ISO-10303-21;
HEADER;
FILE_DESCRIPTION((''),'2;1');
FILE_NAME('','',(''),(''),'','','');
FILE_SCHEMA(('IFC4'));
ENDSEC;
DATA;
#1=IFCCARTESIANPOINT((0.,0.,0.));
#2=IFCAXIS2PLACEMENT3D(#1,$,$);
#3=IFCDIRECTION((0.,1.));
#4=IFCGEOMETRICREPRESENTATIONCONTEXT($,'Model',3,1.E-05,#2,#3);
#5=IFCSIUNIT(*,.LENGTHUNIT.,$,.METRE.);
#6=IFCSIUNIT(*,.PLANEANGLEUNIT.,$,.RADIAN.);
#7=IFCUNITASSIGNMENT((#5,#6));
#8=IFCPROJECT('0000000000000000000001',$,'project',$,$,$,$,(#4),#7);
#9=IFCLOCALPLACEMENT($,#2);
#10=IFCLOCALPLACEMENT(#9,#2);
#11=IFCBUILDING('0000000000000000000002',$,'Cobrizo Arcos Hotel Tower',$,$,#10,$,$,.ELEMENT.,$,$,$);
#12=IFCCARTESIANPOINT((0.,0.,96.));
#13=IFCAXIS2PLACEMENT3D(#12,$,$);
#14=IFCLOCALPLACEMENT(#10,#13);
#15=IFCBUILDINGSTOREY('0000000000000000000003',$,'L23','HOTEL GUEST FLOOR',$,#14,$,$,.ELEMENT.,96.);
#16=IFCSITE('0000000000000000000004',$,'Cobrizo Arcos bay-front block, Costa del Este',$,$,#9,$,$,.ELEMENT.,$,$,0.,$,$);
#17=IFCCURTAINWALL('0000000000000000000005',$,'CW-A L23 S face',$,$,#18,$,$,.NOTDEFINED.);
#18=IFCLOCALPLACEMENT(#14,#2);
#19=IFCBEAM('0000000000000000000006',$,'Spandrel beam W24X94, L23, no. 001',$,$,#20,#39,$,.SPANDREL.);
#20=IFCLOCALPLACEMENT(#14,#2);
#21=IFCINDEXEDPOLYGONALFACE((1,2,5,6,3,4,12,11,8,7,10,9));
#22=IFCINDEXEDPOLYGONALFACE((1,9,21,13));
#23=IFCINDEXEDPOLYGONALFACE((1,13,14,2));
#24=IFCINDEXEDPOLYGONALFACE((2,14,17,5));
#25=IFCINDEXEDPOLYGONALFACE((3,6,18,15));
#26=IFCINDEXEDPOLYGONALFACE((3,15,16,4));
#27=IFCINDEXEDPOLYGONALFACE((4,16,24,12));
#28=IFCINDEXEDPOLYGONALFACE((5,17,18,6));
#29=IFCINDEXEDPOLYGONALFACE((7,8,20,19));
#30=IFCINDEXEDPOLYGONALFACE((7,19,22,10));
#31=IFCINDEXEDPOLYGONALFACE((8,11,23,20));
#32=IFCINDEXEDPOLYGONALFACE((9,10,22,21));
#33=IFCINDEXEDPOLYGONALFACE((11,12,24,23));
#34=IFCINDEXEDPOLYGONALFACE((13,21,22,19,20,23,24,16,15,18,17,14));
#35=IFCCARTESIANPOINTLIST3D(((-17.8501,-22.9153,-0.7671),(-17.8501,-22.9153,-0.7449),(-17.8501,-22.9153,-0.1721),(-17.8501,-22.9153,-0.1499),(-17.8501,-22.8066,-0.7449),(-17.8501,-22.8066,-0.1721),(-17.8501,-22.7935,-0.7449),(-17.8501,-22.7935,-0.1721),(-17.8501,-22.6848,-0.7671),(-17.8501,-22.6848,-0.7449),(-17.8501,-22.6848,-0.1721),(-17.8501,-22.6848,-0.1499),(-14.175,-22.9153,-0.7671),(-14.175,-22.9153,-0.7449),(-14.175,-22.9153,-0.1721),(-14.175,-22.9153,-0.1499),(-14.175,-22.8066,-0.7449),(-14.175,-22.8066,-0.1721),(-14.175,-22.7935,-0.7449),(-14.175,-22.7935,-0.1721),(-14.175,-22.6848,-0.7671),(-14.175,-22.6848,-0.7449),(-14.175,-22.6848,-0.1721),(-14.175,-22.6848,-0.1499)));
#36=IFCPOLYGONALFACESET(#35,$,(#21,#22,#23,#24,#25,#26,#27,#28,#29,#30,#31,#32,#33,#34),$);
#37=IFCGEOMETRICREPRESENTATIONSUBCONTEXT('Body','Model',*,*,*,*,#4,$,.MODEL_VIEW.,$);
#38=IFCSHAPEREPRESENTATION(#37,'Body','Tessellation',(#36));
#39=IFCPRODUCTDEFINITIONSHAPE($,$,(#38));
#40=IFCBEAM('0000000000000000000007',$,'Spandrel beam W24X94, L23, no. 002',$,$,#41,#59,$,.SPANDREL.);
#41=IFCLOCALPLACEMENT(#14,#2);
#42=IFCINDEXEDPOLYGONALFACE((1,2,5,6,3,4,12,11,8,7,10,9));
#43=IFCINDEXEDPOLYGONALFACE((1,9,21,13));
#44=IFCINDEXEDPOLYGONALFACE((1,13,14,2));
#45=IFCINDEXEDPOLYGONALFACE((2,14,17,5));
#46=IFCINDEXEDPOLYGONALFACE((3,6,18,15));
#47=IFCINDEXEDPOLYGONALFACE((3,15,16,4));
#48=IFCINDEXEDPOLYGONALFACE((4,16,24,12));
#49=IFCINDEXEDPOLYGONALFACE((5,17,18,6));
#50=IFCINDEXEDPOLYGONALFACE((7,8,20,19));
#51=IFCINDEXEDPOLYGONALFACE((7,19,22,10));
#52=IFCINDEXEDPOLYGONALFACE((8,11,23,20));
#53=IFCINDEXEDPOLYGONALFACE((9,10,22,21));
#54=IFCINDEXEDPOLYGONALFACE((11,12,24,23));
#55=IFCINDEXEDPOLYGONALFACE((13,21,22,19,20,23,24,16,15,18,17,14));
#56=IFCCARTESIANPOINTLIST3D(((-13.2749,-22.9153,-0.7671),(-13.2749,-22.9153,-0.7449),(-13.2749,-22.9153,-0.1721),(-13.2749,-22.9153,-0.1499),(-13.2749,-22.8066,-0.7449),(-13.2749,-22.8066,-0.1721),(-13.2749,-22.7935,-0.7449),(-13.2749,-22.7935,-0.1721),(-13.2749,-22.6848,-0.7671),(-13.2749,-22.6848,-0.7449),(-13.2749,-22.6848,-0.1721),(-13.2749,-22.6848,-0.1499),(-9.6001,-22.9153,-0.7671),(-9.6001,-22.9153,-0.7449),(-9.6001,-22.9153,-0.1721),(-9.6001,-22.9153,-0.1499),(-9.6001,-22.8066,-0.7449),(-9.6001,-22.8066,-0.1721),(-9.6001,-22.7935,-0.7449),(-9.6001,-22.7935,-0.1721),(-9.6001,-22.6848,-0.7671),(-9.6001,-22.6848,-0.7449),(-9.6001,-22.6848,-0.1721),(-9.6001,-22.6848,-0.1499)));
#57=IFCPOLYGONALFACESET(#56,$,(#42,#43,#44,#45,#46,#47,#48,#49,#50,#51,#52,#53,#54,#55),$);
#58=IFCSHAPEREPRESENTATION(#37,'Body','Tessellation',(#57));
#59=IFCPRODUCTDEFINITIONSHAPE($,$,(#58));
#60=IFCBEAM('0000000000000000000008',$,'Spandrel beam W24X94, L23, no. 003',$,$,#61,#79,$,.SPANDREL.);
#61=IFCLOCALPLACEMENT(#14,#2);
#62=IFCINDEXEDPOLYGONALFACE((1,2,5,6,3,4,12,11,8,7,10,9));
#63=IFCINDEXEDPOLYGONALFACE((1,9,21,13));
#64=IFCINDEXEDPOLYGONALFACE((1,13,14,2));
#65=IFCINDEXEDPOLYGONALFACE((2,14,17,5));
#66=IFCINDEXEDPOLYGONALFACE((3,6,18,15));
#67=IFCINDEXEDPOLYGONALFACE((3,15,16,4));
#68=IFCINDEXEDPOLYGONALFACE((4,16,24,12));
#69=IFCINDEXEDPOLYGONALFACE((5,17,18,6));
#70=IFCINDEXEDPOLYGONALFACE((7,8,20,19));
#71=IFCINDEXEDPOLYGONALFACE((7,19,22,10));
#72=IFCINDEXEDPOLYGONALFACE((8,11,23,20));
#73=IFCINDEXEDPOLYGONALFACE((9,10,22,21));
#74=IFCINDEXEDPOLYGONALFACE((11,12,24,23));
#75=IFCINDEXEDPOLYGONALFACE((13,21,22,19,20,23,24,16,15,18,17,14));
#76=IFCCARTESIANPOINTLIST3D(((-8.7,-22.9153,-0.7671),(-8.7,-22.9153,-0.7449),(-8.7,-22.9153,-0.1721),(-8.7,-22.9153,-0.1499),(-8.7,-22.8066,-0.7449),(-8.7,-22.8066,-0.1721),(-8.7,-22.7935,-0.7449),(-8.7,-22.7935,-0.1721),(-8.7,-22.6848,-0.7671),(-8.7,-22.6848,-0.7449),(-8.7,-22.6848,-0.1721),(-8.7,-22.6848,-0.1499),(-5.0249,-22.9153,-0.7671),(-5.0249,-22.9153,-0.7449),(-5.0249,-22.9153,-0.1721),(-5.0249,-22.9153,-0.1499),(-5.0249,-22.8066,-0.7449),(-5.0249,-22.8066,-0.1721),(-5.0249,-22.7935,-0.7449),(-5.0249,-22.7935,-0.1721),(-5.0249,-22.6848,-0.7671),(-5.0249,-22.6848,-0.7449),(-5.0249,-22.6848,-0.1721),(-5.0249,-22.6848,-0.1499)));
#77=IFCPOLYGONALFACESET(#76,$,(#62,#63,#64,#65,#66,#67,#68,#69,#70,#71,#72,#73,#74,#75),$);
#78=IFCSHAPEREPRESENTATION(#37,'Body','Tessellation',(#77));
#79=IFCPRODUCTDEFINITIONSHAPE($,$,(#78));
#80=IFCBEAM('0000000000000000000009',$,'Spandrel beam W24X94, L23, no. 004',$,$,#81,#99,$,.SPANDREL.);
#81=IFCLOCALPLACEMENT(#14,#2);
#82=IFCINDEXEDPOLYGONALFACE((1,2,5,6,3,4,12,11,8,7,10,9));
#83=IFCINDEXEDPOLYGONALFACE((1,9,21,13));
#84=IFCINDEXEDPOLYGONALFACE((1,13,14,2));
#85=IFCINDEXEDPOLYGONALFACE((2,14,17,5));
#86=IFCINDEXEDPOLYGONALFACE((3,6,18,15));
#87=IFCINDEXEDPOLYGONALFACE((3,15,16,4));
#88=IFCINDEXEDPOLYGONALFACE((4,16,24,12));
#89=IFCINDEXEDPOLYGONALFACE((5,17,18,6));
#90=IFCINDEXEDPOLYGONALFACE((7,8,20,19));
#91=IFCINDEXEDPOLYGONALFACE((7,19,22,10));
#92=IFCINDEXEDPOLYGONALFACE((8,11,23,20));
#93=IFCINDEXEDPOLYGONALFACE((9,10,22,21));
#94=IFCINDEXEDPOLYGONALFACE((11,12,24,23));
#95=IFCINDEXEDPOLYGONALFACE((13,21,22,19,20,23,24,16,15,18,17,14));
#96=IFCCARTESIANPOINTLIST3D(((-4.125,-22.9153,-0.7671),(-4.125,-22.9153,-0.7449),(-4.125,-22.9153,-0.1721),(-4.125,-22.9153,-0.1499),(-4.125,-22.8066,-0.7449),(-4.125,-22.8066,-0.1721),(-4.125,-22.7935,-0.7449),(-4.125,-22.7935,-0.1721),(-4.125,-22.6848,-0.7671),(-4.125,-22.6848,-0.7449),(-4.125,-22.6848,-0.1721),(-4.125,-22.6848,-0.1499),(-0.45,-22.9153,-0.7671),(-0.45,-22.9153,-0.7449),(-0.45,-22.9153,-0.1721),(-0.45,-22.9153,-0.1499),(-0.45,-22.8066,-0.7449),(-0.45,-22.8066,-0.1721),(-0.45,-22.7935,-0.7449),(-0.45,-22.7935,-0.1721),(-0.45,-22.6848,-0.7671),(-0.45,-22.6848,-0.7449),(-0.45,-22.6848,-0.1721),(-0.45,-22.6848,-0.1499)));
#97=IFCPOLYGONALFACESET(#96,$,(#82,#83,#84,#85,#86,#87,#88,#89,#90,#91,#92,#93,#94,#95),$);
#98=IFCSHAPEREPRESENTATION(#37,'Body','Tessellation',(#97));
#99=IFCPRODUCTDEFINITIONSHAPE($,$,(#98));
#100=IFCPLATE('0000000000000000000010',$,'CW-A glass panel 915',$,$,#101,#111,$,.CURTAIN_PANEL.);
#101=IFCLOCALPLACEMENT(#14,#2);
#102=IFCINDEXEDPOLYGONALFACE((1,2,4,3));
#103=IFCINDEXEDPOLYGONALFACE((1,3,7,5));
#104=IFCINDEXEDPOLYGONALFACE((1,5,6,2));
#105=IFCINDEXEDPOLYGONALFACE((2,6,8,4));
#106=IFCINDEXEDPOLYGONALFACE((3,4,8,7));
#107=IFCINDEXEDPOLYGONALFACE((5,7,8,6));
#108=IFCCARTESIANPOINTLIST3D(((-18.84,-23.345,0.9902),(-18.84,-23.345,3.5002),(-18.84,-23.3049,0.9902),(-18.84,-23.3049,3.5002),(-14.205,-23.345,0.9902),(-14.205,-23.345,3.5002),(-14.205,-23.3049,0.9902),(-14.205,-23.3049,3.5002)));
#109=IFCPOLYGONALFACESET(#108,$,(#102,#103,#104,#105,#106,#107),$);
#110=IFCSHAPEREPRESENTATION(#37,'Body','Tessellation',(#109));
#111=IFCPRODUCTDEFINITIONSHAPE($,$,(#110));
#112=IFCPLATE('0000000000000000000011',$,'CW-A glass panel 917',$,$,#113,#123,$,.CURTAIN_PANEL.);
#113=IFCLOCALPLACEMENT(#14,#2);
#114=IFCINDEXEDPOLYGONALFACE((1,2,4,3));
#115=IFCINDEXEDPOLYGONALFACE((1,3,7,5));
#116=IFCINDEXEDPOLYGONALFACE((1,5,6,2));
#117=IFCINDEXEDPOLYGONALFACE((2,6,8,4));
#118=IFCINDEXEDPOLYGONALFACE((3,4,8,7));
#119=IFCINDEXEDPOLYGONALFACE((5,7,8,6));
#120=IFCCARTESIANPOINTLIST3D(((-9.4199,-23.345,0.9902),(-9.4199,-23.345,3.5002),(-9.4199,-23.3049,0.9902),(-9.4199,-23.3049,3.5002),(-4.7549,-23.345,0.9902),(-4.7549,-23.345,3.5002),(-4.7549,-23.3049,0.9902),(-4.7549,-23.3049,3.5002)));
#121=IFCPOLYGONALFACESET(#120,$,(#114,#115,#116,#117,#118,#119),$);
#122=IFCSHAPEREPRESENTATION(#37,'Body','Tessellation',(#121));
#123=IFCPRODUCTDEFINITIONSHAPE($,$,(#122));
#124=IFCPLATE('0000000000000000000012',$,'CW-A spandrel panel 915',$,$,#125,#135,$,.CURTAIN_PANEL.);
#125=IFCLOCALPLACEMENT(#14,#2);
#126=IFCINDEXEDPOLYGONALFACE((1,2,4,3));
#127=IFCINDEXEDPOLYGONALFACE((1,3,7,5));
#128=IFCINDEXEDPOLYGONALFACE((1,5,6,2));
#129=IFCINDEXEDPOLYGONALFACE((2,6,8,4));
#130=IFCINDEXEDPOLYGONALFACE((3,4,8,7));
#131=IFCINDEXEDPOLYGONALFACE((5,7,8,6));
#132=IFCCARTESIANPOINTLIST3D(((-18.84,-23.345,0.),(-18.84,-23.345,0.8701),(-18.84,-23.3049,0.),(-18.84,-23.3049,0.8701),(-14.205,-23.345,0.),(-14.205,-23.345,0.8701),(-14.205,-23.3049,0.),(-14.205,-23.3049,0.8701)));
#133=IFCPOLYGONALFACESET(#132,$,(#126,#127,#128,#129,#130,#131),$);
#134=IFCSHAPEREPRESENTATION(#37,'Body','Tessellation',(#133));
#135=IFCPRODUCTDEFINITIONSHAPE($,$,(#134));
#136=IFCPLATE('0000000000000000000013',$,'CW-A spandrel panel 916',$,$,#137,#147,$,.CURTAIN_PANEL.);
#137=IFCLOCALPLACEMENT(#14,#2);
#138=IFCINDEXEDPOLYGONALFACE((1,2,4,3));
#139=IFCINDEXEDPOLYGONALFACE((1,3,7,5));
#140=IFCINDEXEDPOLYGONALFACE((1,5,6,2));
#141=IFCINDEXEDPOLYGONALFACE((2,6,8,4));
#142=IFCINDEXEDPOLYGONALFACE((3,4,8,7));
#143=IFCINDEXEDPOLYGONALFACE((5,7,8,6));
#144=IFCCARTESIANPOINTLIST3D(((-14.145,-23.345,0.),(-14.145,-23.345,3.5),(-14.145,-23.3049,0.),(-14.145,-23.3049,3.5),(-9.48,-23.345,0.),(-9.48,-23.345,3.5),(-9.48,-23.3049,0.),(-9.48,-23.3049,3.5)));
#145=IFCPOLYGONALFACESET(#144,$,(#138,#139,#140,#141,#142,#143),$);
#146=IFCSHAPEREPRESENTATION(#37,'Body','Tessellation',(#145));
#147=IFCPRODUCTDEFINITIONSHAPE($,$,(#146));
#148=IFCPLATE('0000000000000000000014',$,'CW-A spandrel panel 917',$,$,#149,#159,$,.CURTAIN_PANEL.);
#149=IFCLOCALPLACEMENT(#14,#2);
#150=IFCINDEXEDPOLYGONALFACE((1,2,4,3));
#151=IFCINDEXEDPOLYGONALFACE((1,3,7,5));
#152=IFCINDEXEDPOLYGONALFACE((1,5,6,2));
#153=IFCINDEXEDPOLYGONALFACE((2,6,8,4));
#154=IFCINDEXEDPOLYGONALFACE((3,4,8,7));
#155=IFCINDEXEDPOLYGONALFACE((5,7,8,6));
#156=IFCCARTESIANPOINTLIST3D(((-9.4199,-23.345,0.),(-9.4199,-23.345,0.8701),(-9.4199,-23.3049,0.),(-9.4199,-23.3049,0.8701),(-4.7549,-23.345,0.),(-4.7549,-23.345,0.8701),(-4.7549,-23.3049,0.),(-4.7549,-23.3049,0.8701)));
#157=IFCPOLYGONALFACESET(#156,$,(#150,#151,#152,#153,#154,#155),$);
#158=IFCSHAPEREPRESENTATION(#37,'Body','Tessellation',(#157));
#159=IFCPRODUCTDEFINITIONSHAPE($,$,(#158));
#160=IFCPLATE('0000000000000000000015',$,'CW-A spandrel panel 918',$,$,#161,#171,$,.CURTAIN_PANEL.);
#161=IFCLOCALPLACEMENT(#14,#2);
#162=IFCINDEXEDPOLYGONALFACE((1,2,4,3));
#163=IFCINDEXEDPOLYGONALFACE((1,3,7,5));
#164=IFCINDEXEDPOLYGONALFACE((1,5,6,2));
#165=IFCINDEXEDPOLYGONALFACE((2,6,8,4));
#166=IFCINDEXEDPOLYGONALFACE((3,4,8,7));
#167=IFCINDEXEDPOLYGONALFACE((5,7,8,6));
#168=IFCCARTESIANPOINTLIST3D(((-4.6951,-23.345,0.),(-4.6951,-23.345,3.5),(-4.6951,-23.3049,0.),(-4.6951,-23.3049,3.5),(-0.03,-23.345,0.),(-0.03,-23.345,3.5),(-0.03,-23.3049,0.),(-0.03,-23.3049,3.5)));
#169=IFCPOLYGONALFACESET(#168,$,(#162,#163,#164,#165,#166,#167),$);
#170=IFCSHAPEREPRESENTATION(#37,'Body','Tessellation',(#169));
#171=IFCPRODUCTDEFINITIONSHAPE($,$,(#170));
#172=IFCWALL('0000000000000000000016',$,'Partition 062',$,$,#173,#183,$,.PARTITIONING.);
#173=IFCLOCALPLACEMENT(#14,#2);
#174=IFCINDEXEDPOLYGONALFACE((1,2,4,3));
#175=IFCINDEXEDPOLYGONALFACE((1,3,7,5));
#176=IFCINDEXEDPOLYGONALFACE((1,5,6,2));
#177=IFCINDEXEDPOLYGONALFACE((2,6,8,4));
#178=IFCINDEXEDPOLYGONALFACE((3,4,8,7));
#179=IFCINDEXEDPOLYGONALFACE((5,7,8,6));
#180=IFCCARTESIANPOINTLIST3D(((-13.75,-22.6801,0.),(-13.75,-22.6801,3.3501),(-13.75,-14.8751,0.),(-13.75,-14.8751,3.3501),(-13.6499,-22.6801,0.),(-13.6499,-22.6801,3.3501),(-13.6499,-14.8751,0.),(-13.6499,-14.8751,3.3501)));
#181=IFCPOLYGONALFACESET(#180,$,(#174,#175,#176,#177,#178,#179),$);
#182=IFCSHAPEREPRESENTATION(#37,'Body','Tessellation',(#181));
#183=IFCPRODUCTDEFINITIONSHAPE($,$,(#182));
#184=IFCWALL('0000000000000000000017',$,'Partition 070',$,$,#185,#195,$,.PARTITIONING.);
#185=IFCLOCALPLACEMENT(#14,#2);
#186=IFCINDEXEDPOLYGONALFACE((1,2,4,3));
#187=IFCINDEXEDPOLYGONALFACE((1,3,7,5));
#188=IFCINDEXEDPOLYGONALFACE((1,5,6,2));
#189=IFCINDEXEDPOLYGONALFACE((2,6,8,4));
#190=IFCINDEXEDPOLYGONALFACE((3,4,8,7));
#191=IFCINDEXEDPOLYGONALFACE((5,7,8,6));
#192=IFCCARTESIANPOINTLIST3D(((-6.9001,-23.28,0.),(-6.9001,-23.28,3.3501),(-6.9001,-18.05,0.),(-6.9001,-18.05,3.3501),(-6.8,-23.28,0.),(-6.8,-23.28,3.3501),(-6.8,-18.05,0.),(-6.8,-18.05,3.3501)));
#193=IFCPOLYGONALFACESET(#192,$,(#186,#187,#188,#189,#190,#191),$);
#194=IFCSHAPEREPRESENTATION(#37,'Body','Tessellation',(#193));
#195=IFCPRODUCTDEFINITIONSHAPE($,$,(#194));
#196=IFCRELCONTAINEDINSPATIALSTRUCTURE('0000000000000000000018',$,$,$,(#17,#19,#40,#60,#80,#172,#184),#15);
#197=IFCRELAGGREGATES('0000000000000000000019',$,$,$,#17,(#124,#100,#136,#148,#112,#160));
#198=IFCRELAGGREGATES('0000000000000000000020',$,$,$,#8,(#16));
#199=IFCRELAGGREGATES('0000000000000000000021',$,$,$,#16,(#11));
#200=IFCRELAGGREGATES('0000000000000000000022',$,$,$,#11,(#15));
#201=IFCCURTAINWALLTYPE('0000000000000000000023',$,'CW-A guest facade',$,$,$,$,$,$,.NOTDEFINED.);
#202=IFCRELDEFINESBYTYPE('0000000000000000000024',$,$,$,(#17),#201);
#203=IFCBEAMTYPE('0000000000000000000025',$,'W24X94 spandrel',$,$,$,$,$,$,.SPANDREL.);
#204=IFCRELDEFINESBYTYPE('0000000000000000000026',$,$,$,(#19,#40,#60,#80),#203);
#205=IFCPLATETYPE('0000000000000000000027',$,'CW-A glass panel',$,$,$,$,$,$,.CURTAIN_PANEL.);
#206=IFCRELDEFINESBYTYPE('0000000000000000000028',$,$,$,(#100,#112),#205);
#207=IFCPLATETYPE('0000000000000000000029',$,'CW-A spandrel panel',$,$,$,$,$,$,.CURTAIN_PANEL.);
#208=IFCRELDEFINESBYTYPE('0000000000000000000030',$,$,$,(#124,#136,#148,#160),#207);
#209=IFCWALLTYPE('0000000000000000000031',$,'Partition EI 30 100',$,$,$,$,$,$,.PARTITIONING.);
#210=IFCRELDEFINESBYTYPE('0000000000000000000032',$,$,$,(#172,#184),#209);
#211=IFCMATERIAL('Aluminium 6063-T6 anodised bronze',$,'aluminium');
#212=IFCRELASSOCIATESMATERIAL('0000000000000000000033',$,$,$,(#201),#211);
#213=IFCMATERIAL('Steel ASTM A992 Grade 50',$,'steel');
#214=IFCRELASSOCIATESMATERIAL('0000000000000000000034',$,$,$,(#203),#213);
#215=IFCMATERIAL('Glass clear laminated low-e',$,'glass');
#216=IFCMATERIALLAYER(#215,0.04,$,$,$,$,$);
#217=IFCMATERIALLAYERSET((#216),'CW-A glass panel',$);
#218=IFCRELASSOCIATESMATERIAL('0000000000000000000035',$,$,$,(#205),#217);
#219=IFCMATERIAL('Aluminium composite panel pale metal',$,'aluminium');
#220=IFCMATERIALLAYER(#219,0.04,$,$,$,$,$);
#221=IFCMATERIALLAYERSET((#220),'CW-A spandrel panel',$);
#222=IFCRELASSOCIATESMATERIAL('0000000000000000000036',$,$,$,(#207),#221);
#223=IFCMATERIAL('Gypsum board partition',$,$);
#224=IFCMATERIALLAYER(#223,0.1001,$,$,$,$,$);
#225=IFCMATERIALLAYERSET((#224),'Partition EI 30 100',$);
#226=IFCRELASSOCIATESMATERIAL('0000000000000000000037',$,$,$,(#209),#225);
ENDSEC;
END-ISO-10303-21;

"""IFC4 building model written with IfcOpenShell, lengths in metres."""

from ifc_helpers import new_model, si_unit, direction, frame, frame_2d, origin, origin_2d, place, context, subcontext, project, spatial, rectangle, i_section, extrude, material, layer, layer_set, material_profile, profile_set, type_object, element, aggregate, save


model = new_model("IFC4")

# Units and contexts
model_context = context("Model", 3, precision=1e-05, world=origin(), true_north=direction((0.0, 1.0)))
body_context = subcontext(model_context, "Body", "Model", "MODEL_VIEW")
ifc_project = project(units=[si_unit("LENGTHUNIT", "METRE"), si_unit("PLANEANGLEUNIT", "RADIAN")], contexts=[model_context])

# Site, building, storey
site_placement = place(None, origin())
site = spatial("IfcSite", under=ifc_project, at=site_placement, Name="Cobrizo Arcos bay-front block, Costa del Este", CompositionType="ELEMENT", RefElevation=0.0)
building_placement = place(site_placement, origin())
building = spatial("IfcBuilding", under=site, at=building_placement, Name="Cobrizo Arcos Hotel Tower", CompositionType="ELEMENT")
storey_placement = place(building_placement, frame((0.0, 0.0, 96.0)))
storey = spatial("IfcBuildingStorey", under=building, at=storey_placement, Name="L23", Description="HOTEL GUEST FLOOR", CompositionType="ELEMENT", Elevation=96.0)

# Curtain wall
ifc_material_1 = material(Name="Aluminium 6063-T6 anodised bronze", Category="aluminium")
curtain_wall_type = type_object("IfcCurtainWallType", Name="CW-A guest facade", PredefinedType="NOTDEFINED", material=ifc_material_1)
curtain_wall_placement = place(storey_placement, origin())
curtain_wall = element("IfcCurtainWall", 1, at=curtain_wall_placement, inside=storey, type_object=curtain_wall_type, Name="CW-A L23 S face", PredefinedType="NOTDEFINED")

# Beams
ifc_material_2 = material(Name="Steel ASTM A992 Grade 50", Category="steel")
ifc_material_profile_1 = material_profile(ifc_material_2, i_section(OverallWidth=0.2305, OverallDepth=0.6172, WebThickness=0.0132, FlangeThickness=0.0222, at=origin_2d()), Name="W24X94")
ifc_profile_set_1 = profile_set([ifc_material_profile_1], Name="Steel ASTM A992 Grade 50")
beam_type_1 = type_object("IfcBeamType", Name="W24X94 spandrel", PredefinedType="SPANDREL", material=ifc_profile_set_1)
beam_1_placement = place(storey_placement, frame((-17.8501, -22.8, -0.4585), z_axis=(1.0, 0.0, 0.0), x_axis=(0.0, 1.0, 0.0)))
element("IfcBeam", 2, at=beam_1_placement, inside=storey, type_object=beam_type_1, Name="Spandrel beam W24X94, L23, no. 001", PredefinedType="SPANDREL", context=body_context, shape_type="SweptSolid", body=[
    extrude(i_section(OverallWidth=0.2305, OverallDepth=0.6172, WebThickness=0.0132, FlangeThickness=0.0222, at=origin_2d()), origin(), (0.0, 0.0, 1.0), 3.675),
])
beam_2_placement = place(storey_placement, frame((-13.2749, -22.8, -0.4585), z_axis=(1.0, 0.0, 0.0), x_axis=(0.0, 1.0, 0.0)))
element("IfcBeam", 3, at=beam_2_placement, inside=storey, type_object=beam_type_1, Name="Spandrel beam W24X94, L23, no. 002", PredefinedType="SPANDREL", context=body_context, shape_type="SweptSolid", body=[
    extrude(i_section(OverallWidth=0.2305, OverallDepth=0.6172, WebThickness=0.0132, FlangeThickness=0.0222, at=origin_2d()), origin(), (0.0, 0.0, 1.0), 3.6748),
])
for number, where, z_axis, x_axis, name in (
    (4, (-8.7, -22.8, -0.4585), (1.0, 0.0, 0.0), (0.0, 1.0, 0.0), "Spandrel beam W24X94, L23, no. 003"),
    (5, (-4.125, -22.8, -0.4585), (1.0, 0.0, 0.0), (0.0, 1.0, 0.0), "Spandrel beam W24X94, L23, no. 004"),
):
    element("IfcBeam", number, at=place(storey_placement, frame(where, z_axis=z_axis, x_axis=x_axis)), inside=storey, type_object=beam_type_1, Name=name, PredefinedType="SPANDREL", context=body_context, shape_type="SweptSolid", body=[
        extrude(i_section(OverallWidth=0.2305, OverallDepth=0.6172, WebThickness=0.0132, FlangeThickness=0.0222, at=origin_2d()), origin(), (0.0, 0.0, 1.0), 3.675),
    ])

# Plates
ifc_material_3 = material(Name="Glass clear laminated low-e", Category="glass")
ifc_layer_1 = layer(ifc_material_3, 0.04)
ifc_layer_set_1 = layer_set([ifc_layer_1], Name="CW-A glass panel")
plate_type_1 = type_object("IfcPlateType", Name="CW-A glass panel", PredefinedType="CURTAIN_PANEL", material=ifc_layer_set_1)
plate_1_placement = place(storey_placement, frame((-16.5225, -23.325, 0.9902), z_axis=(0.0, 0.0, 1.0), x_axis=(1.0, 0.0, 0.0)))
plate_1 = element("IfcPlate", 6, at=plate_1_placement, type_object=plate_type_1, Name="CW-A glass panel 915", PredefinedType="CURTAIN_PANEL", context=body_context, shape_type="SweptSolid", body=[
    extrude(rectangle(XDim=4.635, YDim=0.04, at=origin_2d()), origin(), (0.0, 0.0, 1.0), 2.51),
])
plate_2_placement = place(storey_placement, frame((-7.0874, -23.325, 0.9902), z_axis=(0.0, 0.0, 1.0), x_axis=(1.0, 0.0, 0.0)))
plate_2 = element("IfcPlate", 7, at=plate_2_placement, type_object=plate_type_1, Name="CW-A glass panel 917", PredefinedType="CURTAIN_PANEL", context=body_context, shape_type="SweptSolid", body=[
    extrude(rectangle(XDim=4.665, YDim=0.04, at=origin_2d()), origin(), (0.0, 0.0, 1.0), 2.51),
])
ifc_material_4 = material(Name="Aluminium composite panel pale metal", Category="aluminium")
ifc_layer_2 = layer(ifc_material_4, 0.04)
ifc_layer_set_2 = layer_set([ifc_layer_2], Name="CW-A spandrel panel")
plate_type_2 = type_object("IfcPlateType", Name="CW-A spandrel panel", PredefinedType="CURTAIN_PANEL", material=ifc_layer_set_2)
plate_3_placement = place(storey_placement, frame((-16.5225, -23.325, 0.0), z_axis=(0.0, 0.0, 1.0), x_axis=(1.0, 0.0, 0.0)))
plate_3 = element("IfcPlate", 8, at=plate_3_placement, type_object=plate_type_2, Name="CW-A spandrel panel 915", PredefinedType="CURTAIN_PANEL", context=body_context, shape_type="SweptSolid", body=[
    extrude(rectangle(XDim=4.635, YDim=0.04, at=origin_2d()), origin(), (0.0, 0.0, 1.0), 0.8701),
])
plate_4_placement = place(storey_placement, frame((-11.8125, -23.325, 0.0), z_axis=(0.0, 0.0, 1.0), x_axis=(1.0, 0.0, 0.0)))
plate_4 = element("IfcPlate", 9, at=plate_4_placement, type_object=plate_type_2, Name="CW-A spandrel panel 916", PredefinedType="CURTAIN_PANEL", context=body_context, shape_type="SweptSolid", body=[
    extrude(rectangle(XDim=4.665, YDim=0.04, at=origin_2d()), origin(), (0.0, 0.0, 1.0), 3.5),
])
plate_5_placement = place(storey_placement, frame((-7.0874, -23.325, 0.0), z_axis=(0.0, 0.0, 1.0), x_axis=(1.0, 0.0, 0.0)))
plate_5 = element("IfcPlate", 10, at=plate_5_placement, type_object=plate_type_2, Name="CW-A spandrel panel 917", PredefinedType="CURTAIN_PANEL", context=body_context, shape_type="SweptSolid", body=[
    extrude(rectangle(XDim=4.665, YDim=0.04, at=origin_2d()), origin(), (0.0, 0.0, 1.0), 0.8701),
])
plate_6_placement = place(storey_placement, frame((-2.3625, -23.325, 0.0), z_axis=(0.0, 0.0, 1.0), x_axis=(1.0, 0.0, 0.0)))
plate_6 = element("IfcPlate", 11, at=plate_6_placement, type_object=plate_type_2, Name="CW-A spandrel panel 918", PredefinedType="CURTAIN_PANEL", context=body_context, shape_type="SweptSolid", body=[
    extrude(rectangle(XDim=4.665, YDim=0.04, at=origin_2d()), origin(), (0.0, 0.0, 1.0), 3.5),
])
aggregate(curtain_wall, [plate_3, plate_1, plate_4, plate_5, plate_2, plate_6])

# Walls
ifc_material_5 = material(Name="Gypsum board partition")
ifc_layer_3 = layer(ifc_material_5, 0.1001)
ifc_layer_set_3 = layer_set([ifc_layer_3], Name="Partition EI 30 100")
wall_type = type_object("IfcWallType", Name="Partition EI 30 100", PredefinedType="PARTITIONING", material=ifc_layer_set_3)
wall_1_placement = place(storey_placement, frame((-13.7, -22.6799, 0.0), z_axis=(0.0, 0.0, 1.0), x_axis=(0.0, 1.0, 0.0)))
element("IfcWall", 12, at=wall_1_placement, inside=storey, type_object=wall_type, Name="Partition 062", PredefinedType="PARTITIONING", context=body_context, shape_type="SweptSolid", body=[
    extrude(rectangle(XDim=7.8049, YDim=0.1001, at=frame_2d((3.9023, 0.0))), origin(), (0.0, 0.0, 1.0), 3.3501),
])
wall_2_placement = place(storey_placement, frame((-6.8501, -23.28, 0.0), z_axis=(0.0, 0.0, 1.0), x_axis=(0.0, 1.0, 0.0)))
element("IfcWall", 13, at=wall_2_placement, inside=storey, type_object=wall_type, Name="Partition 070", PredefinedType="PARTITIONING", context=body_context, shape_type="SweptSolid", body=[
    extrude(rectangle(XDim=5.23, YDim=0.1001, at=frame_2d((2.615, 0.0))), origin(), (0.0, 0.0, 1.0), 3.3501),
])

save(model, "model.ifc")
